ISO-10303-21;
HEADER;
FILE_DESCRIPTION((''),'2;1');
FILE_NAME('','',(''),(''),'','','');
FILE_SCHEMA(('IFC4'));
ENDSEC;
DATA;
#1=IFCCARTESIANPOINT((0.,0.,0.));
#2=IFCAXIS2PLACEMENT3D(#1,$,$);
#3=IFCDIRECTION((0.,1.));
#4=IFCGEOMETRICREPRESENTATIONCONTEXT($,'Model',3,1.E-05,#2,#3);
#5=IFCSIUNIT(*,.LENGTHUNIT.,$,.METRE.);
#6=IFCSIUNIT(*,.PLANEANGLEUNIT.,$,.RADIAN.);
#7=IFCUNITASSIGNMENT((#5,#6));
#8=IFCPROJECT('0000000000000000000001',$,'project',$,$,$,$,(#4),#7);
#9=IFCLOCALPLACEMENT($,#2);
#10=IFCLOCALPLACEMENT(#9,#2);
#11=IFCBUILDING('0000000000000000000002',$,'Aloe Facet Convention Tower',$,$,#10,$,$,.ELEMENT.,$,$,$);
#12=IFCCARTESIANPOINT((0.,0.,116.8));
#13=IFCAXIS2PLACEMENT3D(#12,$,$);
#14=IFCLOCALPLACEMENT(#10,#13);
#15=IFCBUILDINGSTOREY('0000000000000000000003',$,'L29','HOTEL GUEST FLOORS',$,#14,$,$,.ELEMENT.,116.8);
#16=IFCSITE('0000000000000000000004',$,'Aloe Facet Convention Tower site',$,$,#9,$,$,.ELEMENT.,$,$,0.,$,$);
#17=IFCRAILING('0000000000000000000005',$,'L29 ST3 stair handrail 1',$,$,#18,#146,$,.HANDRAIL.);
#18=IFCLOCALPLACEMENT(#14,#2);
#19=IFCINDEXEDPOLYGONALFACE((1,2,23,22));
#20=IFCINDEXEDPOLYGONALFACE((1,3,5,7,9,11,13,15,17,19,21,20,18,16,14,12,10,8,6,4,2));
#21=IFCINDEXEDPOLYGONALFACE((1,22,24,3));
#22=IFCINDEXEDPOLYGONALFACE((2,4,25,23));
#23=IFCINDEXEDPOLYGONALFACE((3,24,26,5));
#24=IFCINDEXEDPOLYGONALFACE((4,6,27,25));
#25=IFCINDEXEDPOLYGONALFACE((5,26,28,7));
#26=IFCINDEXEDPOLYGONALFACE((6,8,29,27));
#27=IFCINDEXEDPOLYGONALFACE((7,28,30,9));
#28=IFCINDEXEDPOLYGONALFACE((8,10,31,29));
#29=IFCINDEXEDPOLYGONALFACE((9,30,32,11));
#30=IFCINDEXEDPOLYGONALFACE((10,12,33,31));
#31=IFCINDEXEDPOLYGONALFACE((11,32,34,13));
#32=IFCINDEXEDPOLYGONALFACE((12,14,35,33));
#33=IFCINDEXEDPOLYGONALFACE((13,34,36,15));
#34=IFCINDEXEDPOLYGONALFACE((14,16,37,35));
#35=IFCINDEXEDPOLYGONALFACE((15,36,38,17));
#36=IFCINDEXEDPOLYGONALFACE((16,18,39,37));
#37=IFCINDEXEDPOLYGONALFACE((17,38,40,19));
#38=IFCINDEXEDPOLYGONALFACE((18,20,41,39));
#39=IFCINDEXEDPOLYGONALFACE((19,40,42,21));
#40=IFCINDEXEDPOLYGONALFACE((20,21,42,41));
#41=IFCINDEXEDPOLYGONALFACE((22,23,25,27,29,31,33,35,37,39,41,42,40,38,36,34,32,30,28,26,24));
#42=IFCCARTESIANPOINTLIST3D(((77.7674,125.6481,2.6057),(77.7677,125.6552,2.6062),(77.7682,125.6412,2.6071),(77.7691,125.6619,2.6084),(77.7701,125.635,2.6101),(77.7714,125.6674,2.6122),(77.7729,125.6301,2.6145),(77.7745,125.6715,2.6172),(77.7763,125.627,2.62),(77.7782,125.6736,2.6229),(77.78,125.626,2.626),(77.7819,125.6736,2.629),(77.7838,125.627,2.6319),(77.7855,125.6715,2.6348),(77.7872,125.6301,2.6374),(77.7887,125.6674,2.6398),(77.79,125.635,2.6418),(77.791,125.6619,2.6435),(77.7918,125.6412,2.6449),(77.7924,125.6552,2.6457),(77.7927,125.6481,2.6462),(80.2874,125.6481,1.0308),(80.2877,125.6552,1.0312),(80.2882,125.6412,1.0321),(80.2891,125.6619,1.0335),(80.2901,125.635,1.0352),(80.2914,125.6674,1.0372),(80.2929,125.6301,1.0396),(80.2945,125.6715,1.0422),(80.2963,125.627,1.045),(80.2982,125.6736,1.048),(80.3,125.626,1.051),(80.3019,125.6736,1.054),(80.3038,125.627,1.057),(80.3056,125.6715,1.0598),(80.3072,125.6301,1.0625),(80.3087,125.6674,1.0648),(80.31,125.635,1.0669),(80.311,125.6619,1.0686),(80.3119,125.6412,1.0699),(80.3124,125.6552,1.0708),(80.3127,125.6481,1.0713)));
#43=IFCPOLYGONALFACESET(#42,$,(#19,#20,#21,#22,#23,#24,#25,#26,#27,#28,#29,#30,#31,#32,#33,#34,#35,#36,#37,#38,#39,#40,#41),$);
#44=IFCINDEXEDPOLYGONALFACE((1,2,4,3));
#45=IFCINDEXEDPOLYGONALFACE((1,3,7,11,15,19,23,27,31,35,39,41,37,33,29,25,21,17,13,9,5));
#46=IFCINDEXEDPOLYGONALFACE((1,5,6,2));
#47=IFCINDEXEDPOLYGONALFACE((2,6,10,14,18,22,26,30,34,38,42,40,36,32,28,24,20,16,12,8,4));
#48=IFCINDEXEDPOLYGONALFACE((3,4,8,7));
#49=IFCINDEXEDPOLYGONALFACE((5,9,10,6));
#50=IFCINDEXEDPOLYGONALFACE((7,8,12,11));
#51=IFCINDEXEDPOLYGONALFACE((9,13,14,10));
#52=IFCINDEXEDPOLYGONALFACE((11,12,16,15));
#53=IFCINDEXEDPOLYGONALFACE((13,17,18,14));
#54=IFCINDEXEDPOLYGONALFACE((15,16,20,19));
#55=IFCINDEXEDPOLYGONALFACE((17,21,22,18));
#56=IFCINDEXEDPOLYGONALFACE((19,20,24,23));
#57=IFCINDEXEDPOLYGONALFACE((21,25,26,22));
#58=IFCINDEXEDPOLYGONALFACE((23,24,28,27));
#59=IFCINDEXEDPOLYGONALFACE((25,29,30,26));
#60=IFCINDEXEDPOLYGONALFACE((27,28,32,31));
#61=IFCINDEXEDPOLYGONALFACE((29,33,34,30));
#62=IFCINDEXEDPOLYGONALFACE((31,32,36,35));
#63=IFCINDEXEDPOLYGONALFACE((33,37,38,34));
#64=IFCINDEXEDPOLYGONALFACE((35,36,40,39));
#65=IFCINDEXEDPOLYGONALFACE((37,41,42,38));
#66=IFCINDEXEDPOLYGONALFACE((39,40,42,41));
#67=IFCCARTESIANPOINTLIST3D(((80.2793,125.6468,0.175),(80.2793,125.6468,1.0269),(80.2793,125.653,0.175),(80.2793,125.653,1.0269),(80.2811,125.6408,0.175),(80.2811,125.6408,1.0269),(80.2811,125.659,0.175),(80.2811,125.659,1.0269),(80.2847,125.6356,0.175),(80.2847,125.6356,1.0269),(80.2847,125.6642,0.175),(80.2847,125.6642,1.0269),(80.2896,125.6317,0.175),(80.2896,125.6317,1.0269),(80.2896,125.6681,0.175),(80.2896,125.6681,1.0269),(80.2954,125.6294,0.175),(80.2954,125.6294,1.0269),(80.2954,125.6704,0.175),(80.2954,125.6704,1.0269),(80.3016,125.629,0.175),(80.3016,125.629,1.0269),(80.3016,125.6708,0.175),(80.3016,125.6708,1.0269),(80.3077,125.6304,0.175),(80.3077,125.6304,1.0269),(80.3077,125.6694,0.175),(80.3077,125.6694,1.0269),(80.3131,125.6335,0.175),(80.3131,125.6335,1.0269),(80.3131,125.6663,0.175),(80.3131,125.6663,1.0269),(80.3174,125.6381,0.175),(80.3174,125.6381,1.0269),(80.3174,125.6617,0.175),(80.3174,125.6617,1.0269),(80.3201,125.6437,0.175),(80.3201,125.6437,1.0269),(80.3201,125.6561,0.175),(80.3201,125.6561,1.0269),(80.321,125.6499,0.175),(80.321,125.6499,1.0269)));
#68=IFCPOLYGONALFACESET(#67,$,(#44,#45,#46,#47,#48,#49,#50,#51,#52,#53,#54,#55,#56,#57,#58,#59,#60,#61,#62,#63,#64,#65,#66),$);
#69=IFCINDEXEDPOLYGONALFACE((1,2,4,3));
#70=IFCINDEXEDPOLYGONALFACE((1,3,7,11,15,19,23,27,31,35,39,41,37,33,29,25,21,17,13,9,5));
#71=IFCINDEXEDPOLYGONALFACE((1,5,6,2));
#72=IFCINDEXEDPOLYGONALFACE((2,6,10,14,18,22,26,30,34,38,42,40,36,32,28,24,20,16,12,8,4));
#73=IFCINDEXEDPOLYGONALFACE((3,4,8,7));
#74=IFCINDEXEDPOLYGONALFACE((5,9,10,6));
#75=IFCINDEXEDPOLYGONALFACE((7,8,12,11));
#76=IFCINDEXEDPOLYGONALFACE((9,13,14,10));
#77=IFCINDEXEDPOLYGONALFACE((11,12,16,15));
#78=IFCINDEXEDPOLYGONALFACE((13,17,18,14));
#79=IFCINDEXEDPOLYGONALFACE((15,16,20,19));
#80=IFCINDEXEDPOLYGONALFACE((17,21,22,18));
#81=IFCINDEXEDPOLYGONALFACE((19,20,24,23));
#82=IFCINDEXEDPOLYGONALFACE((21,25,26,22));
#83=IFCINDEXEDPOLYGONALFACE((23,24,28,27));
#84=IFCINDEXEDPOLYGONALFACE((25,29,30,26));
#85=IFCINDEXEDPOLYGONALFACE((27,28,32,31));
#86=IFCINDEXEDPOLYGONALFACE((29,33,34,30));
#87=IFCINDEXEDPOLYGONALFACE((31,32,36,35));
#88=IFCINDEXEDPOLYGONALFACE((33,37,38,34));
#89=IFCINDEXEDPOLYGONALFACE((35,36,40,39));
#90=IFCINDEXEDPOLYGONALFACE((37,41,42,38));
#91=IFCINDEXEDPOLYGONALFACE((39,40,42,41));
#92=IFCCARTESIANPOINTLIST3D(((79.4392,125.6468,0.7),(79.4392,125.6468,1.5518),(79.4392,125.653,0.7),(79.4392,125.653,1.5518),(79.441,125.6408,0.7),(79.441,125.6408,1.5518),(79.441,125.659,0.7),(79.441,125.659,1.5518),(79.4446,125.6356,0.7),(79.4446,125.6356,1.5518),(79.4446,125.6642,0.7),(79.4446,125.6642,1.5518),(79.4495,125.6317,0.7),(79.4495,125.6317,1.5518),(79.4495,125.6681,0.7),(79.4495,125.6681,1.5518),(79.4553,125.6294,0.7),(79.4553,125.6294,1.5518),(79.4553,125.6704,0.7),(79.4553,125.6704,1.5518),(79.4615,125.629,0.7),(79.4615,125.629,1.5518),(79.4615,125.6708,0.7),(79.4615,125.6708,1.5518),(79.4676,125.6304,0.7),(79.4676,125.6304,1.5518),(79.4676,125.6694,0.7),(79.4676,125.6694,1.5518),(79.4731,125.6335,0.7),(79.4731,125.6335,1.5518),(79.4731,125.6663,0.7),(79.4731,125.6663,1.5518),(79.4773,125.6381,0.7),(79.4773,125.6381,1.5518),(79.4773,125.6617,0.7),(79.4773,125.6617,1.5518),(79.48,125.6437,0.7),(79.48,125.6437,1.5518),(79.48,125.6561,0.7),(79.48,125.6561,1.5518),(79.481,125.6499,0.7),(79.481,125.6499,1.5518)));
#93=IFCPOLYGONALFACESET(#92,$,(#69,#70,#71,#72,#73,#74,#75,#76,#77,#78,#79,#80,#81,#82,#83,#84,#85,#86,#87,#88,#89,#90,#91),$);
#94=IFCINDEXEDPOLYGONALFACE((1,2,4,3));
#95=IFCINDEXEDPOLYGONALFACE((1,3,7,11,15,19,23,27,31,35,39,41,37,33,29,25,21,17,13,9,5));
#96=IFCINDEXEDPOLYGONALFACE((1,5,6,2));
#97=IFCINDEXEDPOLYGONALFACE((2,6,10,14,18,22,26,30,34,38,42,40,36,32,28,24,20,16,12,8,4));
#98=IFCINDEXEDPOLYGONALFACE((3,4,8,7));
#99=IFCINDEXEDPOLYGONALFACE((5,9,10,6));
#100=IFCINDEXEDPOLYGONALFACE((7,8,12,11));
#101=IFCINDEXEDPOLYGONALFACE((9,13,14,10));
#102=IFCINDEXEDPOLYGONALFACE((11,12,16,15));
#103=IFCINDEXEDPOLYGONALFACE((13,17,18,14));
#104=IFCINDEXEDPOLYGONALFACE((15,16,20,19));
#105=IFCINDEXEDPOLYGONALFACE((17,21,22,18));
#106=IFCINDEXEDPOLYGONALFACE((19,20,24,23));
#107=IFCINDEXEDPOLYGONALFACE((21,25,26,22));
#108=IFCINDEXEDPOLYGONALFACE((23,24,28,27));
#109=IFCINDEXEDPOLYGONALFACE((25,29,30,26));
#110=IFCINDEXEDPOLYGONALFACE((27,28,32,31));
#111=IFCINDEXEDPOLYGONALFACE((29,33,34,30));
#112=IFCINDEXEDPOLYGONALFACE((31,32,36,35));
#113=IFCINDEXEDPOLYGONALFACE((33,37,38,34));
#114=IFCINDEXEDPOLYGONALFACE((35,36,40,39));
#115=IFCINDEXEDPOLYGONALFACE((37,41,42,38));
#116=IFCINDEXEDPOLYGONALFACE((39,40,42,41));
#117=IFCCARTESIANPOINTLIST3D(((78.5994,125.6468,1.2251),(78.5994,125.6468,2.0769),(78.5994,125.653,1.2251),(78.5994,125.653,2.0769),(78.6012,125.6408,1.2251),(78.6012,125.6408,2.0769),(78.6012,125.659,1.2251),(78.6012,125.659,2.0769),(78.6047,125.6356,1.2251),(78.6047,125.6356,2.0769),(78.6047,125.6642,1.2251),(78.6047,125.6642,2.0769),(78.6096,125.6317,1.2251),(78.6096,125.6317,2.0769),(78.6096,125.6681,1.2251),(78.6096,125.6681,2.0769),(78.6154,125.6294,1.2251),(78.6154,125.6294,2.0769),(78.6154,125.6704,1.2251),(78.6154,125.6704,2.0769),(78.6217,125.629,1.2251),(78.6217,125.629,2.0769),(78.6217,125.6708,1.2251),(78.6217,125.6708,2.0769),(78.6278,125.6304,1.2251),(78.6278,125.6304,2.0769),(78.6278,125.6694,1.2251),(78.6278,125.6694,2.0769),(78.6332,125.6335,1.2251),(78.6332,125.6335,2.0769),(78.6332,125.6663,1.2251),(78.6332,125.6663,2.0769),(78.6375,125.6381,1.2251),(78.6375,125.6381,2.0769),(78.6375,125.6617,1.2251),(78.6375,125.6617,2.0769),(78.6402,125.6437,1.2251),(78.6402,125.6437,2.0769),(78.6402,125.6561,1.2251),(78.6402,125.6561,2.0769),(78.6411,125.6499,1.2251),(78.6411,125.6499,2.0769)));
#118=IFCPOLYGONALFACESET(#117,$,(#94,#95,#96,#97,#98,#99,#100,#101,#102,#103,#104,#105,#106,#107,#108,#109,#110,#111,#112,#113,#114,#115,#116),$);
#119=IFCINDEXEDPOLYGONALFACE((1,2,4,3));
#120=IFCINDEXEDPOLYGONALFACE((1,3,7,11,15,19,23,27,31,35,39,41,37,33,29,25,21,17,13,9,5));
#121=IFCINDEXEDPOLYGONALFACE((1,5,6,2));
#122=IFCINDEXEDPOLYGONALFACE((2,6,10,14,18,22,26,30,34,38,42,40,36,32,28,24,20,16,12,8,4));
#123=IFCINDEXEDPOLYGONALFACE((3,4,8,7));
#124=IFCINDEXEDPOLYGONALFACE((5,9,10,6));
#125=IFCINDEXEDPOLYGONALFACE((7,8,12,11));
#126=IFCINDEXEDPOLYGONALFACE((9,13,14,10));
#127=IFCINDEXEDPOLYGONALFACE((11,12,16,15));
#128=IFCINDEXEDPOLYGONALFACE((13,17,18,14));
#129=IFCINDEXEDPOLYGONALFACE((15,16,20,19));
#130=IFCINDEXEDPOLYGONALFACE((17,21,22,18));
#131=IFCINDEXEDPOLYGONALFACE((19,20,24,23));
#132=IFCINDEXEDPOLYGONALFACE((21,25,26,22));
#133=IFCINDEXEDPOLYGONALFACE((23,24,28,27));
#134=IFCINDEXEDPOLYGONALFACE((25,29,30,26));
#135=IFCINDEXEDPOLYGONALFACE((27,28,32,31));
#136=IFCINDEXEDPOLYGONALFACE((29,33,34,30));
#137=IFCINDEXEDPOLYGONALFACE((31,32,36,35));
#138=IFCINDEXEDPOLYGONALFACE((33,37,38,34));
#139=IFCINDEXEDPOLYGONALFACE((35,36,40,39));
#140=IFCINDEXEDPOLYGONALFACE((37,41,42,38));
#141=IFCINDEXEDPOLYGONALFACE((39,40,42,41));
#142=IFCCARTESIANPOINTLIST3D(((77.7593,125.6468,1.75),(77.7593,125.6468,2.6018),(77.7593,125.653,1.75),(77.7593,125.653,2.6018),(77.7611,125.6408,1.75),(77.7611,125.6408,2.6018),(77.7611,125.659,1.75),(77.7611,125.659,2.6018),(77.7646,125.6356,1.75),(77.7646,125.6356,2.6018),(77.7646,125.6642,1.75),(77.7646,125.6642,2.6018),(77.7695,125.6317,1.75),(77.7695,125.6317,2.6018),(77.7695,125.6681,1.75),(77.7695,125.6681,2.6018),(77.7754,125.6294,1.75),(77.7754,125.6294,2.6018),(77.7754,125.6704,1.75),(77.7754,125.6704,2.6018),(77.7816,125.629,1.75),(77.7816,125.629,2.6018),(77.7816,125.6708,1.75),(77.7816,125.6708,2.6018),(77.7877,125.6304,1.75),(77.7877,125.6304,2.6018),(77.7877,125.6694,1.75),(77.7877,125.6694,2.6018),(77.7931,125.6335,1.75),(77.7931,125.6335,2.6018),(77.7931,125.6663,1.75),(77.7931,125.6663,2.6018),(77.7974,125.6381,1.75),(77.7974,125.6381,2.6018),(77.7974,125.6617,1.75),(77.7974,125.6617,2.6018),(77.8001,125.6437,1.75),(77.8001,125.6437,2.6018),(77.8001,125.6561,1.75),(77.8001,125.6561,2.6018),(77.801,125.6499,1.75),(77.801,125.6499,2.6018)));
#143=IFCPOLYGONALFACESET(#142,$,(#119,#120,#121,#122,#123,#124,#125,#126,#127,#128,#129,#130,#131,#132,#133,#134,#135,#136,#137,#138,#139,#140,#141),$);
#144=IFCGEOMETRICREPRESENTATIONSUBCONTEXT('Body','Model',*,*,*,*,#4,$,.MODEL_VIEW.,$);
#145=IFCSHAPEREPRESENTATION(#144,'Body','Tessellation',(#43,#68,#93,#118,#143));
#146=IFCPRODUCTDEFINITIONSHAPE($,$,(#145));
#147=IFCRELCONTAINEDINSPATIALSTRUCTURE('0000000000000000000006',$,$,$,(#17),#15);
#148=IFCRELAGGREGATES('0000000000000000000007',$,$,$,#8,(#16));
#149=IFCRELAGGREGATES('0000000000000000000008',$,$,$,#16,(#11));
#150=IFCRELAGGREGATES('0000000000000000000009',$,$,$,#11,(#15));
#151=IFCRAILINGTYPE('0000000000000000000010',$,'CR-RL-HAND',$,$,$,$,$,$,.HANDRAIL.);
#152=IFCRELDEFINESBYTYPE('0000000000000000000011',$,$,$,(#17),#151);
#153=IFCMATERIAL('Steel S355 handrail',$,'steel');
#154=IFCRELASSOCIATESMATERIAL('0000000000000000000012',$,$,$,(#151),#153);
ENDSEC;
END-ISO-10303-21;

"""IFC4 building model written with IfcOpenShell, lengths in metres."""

from ifc_helpers import new_model, si_unit, direction, frame, origin, origin_2d, place, context, subcontext, project, spatial, circle, extrude, material, type_object, element, save


model = new_model("IFC4")

# Units and contexts
model_context = context("Model", 3, precision=1e-05, world=origin(), true_north=direction((0.0, 1.0)))
body_context = subcontext(model_context, "Body", "Model", "MODEL_VIEW")
ifc_project = project(units=[si_unit("LENGTHUNIT", "METRE"), si_unit("PLANEANGLEUNIT", "RADIAN")], contexts=[model_context])

# Site, building, storey
site_placement = place(None, origin())
site = spatial("IfcSite", under=ifc_project, at=site_placement, Name="Aloe Facet Convention Tower site", CompositionType="ELEMENT", RefElevation=0.0)
building_placement = place(site_placement, origin())
building = spatial("IfcBuilding", under=site, at=building_placement, Name="Aloe Facet Convention Tower", CompositionType="ELEMENT")
storey_placement = place(building_placement, frame((0.0, 0.0, 116.8)))
storey = spatial("IfcBuildingStorey", under=building, at=storey_placement, Name="L29", Description="HOTEL GUEST FLOORS", CompositionType="ELEMENT", Elevation=116.8)

# Railing
ifc_material_1 = material(Name="Steel S355 handrail", Category="steel")
railing_type_1 = type_object("IfcRailingType", Name="CR-RL-HAND", PredefinedType="HANDRAIL", material=ifc_material_1)
railing_1_placement = place(storey_placement, frame((80.3, 125.6499, 0.175)))
element("IfcRailing", 1, at=railing_1_placement, inside=storey, type_object=railing_type_1, Name="L29 ST3 stair handrail 1", PredefinedType="HANDRAIL", context=body_context, shape_type="SweptSolid", body=[
    extrude(circle(Radius=0.0239, at=origin_2d()), frame((0.0, 0.0, 0.876), z_axis=(-0.848008, 0.0, 0.529984), x_axis=(0.0, -1.0, 0.0)), (0.0, 0.0, 1.0), 2.9717),
    extrude(circle(Radius=0.021, at=origin_2d()), origin(), (0.0, 0.0, 1.0), 0.8518),
    extrude(circle(Radius=0.021, at=origin_2d()), frame((-0.8401, 0.0, 0.5249)), (0.0, 0.0, 1.0), 0.8518),
    extrude(circle(Radius=0.021, at=origin_2d()), frame((-1.6799, 0.0, 1.05)), (0.0, 0.0, 1.0), 0.8518),
    extrude(circle(Radius=0.021, at=origin_2d()), frame((-2.52, 0.0, 1.575)), (0.0, 0.0, 1.0), 0.8518),
])

save(model, "model.ifc")
